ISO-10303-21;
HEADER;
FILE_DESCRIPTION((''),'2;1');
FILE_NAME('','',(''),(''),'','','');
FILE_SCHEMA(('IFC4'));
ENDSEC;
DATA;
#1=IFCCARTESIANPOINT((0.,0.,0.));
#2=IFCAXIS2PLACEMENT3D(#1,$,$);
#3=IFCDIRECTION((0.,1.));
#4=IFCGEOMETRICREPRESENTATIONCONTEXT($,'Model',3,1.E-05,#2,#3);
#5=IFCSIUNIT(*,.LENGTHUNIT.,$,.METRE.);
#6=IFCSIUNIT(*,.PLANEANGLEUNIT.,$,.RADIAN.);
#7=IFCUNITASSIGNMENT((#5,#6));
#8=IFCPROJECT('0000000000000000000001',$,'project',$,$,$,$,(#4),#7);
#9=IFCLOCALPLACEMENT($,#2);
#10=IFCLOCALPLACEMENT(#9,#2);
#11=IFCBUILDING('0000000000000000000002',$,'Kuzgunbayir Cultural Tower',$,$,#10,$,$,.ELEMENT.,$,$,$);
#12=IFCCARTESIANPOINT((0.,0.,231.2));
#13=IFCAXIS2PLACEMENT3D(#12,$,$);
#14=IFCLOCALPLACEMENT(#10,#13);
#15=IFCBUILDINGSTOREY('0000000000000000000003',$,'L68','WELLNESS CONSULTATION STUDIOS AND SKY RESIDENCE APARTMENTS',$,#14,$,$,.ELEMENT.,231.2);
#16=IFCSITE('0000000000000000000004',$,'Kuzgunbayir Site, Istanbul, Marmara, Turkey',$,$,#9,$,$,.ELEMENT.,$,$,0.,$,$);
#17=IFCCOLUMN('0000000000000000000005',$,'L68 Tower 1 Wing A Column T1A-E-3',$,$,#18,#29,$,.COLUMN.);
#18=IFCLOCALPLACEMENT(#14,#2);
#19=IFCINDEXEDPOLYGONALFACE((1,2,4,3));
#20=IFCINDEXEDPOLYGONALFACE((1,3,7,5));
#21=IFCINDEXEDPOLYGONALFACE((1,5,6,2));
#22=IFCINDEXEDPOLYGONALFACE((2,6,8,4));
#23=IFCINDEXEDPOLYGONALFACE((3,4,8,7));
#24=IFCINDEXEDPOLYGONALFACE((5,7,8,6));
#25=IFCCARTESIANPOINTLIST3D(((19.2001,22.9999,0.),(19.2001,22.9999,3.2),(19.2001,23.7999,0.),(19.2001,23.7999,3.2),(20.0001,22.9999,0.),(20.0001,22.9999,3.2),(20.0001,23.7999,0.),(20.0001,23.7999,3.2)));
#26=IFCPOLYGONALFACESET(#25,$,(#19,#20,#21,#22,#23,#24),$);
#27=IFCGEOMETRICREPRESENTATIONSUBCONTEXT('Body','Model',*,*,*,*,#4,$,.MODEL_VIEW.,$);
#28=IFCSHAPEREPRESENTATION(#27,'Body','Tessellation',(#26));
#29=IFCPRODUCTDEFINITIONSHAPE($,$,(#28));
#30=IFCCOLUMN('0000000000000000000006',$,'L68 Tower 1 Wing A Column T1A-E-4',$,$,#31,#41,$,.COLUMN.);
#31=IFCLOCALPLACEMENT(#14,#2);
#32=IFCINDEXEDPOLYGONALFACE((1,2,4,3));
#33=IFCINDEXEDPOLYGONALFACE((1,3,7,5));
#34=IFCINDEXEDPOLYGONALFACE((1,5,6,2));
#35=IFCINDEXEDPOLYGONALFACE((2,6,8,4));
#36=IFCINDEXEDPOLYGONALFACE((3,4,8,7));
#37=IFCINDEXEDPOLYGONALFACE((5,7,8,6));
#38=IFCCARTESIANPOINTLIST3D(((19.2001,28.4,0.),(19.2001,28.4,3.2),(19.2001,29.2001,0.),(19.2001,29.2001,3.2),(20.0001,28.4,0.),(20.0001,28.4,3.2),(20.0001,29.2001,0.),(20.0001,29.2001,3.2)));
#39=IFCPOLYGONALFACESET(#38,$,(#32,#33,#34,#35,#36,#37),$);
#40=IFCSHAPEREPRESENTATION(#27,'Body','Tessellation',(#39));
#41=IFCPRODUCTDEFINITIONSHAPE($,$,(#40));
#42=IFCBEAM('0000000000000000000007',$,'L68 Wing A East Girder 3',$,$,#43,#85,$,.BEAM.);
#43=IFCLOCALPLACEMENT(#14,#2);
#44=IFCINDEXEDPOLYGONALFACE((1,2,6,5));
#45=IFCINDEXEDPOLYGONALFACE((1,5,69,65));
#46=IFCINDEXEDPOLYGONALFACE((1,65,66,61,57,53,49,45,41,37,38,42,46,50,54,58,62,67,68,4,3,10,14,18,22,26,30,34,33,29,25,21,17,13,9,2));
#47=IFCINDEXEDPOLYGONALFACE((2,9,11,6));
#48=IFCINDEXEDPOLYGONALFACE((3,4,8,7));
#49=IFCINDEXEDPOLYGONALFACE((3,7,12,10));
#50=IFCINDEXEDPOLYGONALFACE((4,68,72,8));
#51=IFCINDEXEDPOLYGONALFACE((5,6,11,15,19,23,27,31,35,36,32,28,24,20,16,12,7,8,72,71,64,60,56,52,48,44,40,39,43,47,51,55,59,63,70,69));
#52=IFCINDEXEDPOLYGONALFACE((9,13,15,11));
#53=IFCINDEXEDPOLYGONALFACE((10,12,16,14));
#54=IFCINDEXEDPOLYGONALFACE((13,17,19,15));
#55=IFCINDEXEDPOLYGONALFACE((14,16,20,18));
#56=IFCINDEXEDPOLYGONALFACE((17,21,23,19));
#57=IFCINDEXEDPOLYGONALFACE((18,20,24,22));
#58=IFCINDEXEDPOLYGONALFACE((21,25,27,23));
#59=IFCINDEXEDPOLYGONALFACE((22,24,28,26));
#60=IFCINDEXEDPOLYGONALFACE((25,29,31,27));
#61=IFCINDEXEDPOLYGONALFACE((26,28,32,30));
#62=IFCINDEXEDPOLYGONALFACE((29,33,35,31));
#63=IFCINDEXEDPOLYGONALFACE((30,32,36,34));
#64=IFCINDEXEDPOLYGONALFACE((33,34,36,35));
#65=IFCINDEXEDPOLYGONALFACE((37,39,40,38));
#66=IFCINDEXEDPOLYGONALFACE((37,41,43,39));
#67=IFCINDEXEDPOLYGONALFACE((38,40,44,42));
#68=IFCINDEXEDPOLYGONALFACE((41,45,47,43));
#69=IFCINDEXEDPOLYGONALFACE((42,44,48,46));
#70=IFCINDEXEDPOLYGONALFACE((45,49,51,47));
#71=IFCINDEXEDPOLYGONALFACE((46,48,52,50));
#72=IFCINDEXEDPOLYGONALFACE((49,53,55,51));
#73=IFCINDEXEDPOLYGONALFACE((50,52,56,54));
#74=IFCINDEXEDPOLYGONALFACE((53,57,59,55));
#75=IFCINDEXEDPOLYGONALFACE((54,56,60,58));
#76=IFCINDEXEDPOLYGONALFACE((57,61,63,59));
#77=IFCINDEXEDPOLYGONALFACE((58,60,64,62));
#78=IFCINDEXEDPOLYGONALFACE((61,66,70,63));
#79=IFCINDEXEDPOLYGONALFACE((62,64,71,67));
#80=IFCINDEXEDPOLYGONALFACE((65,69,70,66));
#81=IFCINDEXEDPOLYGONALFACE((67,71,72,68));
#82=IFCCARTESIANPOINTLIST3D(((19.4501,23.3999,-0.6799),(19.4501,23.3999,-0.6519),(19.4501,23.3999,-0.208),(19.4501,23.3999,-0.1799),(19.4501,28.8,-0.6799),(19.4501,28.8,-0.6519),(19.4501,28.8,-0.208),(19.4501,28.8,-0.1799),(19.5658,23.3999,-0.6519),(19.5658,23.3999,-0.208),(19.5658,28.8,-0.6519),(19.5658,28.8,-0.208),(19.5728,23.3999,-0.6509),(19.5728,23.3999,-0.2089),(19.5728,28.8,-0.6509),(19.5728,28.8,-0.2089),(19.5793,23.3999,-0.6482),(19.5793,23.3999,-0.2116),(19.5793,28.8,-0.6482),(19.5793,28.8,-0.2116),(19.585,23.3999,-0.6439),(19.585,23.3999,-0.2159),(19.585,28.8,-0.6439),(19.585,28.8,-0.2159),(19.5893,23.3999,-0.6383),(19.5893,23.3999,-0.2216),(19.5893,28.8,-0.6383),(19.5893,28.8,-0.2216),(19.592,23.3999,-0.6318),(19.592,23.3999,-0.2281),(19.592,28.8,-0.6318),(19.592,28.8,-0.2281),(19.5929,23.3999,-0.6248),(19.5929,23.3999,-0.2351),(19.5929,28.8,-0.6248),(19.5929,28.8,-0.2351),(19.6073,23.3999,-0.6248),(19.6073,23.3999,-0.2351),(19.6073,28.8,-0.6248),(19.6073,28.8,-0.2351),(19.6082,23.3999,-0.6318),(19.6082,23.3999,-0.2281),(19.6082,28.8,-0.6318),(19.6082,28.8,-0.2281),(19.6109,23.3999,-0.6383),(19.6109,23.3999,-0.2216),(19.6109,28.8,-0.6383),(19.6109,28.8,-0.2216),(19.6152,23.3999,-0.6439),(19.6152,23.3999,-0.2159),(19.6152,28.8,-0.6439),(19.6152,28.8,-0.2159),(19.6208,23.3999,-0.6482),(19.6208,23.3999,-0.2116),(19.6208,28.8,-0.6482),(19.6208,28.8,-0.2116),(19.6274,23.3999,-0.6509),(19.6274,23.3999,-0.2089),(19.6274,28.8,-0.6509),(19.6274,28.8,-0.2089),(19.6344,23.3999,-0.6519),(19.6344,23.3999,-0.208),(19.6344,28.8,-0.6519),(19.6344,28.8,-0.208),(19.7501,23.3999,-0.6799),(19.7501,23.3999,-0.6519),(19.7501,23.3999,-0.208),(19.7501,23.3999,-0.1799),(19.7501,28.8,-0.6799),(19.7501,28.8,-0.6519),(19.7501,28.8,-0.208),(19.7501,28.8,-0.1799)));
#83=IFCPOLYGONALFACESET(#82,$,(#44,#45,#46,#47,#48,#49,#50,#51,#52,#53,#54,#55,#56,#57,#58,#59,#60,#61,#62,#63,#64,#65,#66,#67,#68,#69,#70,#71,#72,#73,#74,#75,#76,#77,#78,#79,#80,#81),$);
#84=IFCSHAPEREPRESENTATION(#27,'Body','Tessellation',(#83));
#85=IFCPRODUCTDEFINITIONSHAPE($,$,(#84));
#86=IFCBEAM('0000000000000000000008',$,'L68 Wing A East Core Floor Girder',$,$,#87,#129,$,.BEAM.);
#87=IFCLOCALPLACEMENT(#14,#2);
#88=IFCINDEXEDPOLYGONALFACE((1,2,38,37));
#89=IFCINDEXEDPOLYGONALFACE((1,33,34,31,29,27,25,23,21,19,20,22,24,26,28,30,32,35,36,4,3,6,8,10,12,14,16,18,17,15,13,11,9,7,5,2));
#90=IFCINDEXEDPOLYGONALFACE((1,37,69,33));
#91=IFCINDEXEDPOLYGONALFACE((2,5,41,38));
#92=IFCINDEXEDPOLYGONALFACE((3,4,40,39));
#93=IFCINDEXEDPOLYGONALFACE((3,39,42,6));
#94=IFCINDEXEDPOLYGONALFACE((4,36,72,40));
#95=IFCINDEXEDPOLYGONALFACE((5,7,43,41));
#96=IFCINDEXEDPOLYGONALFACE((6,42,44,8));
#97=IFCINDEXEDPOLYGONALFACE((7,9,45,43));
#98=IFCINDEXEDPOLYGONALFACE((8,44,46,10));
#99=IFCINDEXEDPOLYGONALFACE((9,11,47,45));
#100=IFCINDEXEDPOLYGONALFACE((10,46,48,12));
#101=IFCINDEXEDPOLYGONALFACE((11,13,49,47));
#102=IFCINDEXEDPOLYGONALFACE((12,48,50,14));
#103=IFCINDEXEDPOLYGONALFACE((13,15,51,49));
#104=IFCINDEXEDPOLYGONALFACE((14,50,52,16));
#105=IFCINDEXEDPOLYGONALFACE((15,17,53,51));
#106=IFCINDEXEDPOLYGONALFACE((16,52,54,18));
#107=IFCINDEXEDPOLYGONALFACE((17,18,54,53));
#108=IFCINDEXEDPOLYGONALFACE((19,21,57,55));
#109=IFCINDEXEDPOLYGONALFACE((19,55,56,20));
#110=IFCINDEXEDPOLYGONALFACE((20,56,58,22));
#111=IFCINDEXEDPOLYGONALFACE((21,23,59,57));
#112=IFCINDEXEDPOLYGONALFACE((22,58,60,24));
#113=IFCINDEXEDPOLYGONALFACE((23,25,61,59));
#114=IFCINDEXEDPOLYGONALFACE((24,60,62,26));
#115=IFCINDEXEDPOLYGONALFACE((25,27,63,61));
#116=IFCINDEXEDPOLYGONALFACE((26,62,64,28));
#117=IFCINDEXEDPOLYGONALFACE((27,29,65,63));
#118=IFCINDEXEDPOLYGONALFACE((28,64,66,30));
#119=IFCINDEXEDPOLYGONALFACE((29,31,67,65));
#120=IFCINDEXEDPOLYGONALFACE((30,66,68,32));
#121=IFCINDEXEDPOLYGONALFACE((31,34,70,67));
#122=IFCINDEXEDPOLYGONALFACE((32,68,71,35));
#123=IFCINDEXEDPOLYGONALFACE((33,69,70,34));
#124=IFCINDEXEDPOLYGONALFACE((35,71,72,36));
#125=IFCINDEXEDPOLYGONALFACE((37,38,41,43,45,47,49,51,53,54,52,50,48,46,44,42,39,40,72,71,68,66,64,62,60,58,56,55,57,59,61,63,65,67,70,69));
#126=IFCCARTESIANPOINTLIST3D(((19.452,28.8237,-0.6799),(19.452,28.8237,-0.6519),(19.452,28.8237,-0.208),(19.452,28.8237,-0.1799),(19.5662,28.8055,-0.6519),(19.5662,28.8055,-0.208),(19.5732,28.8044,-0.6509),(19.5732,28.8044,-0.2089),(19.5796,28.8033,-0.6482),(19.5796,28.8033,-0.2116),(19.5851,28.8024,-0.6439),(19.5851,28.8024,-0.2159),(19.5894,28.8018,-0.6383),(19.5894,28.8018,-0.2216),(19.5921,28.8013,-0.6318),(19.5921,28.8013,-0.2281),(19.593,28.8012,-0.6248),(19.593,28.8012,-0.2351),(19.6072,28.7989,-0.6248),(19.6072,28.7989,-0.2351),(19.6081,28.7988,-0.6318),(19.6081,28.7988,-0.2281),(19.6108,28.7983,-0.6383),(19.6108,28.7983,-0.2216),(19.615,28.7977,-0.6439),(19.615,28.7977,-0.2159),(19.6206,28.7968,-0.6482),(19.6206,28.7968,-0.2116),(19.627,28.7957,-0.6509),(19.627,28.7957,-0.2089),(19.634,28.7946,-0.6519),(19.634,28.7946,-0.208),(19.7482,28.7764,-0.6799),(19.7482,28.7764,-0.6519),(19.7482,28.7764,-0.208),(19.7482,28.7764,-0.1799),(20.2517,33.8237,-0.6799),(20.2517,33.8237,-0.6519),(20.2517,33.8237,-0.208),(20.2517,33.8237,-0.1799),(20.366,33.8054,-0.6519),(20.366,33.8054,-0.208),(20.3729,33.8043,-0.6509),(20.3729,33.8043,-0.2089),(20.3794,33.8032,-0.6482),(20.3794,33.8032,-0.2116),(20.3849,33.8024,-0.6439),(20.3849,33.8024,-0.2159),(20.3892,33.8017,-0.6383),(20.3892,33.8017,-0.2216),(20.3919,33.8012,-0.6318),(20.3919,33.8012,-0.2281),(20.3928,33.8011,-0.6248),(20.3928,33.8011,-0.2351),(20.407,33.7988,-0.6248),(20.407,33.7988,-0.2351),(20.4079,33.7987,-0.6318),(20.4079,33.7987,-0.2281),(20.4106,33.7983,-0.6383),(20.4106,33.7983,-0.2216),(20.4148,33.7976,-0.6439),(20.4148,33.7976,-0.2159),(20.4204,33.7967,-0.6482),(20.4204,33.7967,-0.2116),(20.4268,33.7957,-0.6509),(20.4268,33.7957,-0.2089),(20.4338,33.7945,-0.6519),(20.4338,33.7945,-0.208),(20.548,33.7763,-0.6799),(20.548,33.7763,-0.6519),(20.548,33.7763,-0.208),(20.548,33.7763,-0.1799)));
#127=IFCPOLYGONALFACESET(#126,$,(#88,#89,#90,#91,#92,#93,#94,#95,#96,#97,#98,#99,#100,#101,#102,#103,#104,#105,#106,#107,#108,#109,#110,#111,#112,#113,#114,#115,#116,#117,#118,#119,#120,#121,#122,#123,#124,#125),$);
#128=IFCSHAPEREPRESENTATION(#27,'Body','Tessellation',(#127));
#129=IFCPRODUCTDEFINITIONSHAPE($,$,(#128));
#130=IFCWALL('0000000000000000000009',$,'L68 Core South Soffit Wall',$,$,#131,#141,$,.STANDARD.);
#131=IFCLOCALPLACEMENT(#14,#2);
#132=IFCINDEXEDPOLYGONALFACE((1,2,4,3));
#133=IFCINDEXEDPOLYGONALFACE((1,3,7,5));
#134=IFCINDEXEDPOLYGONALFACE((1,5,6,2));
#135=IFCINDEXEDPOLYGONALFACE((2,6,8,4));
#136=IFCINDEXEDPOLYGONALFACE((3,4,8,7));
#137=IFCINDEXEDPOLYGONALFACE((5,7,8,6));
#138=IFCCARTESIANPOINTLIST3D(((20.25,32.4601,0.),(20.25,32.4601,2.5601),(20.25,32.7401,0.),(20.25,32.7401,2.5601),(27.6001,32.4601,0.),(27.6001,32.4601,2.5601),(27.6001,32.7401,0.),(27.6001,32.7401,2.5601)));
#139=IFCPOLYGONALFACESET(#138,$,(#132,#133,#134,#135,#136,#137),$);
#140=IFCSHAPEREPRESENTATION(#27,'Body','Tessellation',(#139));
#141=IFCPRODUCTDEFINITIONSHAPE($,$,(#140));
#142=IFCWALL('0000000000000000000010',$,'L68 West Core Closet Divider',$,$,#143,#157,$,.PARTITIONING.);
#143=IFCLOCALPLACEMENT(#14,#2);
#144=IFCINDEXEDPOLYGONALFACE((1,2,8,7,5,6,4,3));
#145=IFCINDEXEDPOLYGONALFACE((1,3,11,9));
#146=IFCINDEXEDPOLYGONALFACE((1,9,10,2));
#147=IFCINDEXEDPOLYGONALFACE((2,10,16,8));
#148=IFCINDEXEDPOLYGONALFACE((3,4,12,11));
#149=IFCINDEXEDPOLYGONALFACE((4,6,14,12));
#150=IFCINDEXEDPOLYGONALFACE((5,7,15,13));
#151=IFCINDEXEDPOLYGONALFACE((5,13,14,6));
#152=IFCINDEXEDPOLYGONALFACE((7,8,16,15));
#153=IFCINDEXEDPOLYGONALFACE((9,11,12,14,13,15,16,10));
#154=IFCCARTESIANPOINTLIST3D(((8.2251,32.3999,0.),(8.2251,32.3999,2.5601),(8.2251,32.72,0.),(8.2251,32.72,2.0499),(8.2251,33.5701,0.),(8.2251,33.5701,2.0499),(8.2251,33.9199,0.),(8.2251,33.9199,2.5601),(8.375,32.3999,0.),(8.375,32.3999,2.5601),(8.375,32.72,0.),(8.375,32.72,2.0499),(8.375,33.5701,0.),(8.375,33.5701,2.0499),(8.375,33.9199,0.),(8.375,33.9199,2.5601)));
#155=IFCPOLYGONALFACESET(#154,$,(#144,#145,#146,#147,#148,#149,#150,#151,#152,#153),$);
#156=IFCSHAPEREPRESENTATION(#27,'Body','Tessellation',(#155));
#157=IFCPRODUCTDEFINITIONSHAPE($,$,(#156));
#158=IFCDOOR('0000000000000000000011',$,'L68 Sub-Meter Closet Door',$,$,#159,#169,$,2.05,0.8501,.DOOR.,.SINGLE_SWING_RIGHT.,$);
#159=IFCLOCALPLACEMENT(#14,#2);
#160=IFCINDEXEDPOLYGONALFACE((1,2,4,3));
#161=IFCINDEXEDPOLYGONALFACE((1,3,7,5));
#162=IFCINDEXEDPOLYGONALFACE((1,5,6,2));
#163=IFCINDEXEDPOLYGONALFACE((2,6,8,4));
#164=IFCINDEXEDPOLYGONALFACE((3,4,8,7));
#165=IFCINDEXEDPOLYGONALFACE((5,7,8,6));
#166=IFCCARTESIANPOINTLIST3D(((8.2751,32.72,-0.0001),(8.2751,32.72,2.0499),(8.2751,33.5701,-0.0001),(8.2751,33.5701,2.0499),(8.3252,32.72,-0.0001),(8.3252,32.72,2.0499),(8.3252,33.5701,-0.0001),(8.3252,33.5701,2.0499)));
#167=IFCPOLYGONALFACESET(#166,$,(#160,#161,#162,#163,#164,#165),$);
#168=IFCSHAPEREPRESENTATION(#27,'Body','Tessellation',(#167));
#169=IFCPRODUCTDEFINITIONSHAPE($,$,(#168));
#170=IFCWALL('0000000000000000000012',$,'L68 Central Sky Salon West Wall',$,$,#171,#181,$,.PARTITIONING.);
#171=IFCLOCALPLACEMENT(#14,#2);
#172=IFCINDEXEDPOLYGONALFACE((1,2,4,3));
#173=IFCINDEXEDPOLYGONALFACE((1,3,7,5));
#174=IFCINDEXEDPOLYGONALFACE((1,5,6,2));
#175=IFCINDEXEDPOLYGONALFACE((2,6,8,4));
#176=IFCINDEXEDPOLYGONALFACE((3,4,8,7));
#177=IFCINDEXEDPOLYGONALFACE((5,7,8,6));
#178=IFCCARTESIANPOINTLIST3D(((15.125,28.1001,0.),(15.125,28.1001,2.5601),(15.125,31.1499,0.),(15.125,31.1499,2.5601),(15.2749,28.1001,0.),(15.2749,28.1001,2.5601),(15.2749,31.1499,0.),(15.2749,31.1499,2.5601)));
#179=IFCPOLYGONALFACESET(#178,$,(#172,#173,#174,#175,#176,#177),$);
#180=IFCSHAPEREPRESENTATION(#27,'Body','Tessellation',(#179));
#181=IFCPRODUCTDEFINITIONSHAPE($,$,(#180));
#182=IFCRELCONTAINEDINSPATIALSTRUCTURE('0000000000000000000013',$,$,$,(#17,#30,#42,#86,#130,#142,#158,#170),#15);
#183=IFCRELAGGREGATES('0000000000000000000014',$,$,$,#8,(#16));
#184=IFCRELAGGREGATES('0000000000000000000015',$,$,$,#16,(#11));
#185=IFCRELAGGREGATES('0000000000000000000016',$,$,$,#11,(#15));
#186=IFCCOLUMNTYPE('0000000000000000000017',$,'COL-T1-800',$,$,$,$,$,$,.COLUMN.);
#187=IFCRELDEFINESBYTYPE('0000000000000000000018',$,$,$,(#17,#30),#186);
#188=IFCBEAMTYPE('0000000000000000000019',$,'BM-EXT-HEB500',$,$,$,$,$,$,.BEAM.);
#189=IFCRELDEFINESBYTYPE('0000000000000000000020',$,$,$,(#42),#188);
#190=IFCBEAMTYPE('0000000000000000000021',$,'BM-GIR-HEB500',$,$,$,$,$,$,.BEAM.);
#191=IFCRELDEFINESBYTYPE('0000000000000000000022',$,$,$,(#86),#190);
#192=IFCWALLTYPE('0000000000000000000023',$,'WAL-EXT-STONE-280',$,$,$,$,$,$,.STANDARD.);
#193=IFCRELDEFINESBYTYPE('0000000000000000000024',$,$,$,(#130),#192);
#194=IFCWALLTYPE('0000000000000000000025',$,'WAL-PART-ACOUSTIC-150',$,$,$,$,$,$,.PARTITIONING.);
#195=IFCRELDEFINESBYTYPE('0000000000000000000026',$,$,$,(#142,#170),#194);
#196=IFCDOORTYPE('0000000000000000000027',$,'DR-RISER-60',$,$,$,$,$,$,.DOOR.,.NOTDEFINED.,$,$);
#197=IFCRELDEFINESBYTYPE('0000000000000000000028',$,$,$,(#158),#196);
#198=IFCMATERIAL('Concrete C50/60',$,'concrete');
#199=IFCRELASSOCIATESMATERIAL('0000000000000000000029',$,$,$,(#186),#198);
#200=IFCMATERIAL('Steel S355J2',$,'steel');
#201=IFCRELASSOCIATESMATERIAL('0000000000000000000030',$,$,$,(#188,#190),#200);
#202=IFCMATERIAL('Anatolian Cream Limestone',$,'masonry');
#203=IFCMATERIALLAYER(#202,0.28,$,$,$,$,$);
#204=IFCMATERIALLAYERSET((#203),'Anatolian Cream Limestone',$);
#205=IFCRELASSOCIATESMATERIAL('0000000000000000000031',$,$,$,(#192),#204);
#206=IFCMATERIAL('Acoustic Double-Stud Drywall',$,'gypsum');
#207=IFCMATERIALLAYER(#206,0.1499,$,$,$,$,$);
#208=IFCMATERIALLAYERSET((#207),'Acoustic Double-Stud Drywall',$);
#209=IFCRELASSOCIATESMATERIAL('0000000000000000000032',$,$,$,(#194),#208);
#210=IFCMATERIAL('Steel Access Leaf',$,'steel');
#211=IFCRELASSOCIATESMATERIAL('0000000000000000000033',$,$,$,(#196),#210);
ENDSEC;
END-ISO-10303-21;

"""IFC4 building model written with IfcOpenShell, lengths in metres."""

from ifc_helpers import new_model, si_unit, direction, frame, frame_2d, origin, origin_2d, place, context, subcontext, project, spatial, rectangle, i_section, extrude, material, layer, layer_set, material_profile, profile_set, type_object, element, fill, save


model = new_model("IFC4")

# Units and contexts
model_context = context("Model", 3, precision=1e-05, world=origin(), true_north=direction((0.0, 1.0)))
body_context = subcontext(model_context, "Body", "Model", "MODEL_VIEW")
ifc_project = project(units=[si_unit("LENGTHUNIT", "METRE"), si_unit("PLANEANGLEUNIT", "RADIAN")], contexts=[model_context])

# Site, building, storey
site_placement = place(None, origin())
site = spatial("IfcSite", under=ifc_project, at=site_placement, Name="Kuzgunbayir Site, Istanbul, Marmara, Turkey", CompositionType="ELEMENT", RefElevation=0.0)
building_placement = place(site_placement, origin())
building = spatial("IfcBuilding", under=site, at=building_placement, Name="Kuzgunbayir Cultural Tower", CompositionType="ELEMENT")
storey_placement = place(building_placement, frame((0.0, 0.0, 231.2)))
storey = spatial("IfcBuildingStorey", under=building, at=storey_placement, Name="L68", Description="WELLNESS CONSULTATION STUDIOS AND SKY RESIDENCE APARTMENTS", CompositionType="ELEMENT", Elevation=231.2)

# Columns
ifc_material_1 = material(Name="Concrete C50/60", Category="concrete")
ifc_material_profile_1 = material_profile(ifc_material_1, rectangle(XDim=0.8, YDim=0.8, at=origin_2d()), Name="RC 800x800")
ifc_profile_set_1 = profile_set([ifc_material_profile_1], Name="Concrete C50/60")
column_type = type_object("IfcColumnType", Name="COL-T1-800", PredefinedType="COLUMN", material=ifc_profile_set_1)
for number, where, z_axis, x_axis, name in (
    (1, (19.6001, 23.3999, 0.0), (0.0, 0.0, 1.0), (1.0, 0.0, 0.0), "L68 Tower 1 Wing A Column T1A-E-3"),
    (2, (19.6001, 28.8, 0.0), (0.0, 0.0, 1.0), (1.0, 0.0, 0.0), "L68 Tower 1 Wing A Column T1A-E-4"),
):
    element("IfcColumn", number, at=place(storey_placement, frame(where, z_axis=z_axis, x_axis=x_axis)), inside=storey, type_object=column_type, Name=name, PredefinedType="COLUMN", context=body_context, shape_type="SweptSolid", body=[
        extrude(rectangle(XDim=0.8, YDim=0.8, at=origin_2d()), origin(), (0.0, 0.0, 1.0), 3.2),
    ])

# Beams
ifc_material_2 = material(Name="Steel S355J2", Category="steel")
ifc_material_profile_2 = material_profile(ifc_material_2, i_section(OverallWidth=0.3, OverallDepth=0.5, WebThickness=0.0144, FlangeThickness=0.0281, FilletRadius=0.0271, at=origin_2d()), Name="HEB 500")
ifc_profile_set_2 = profile_set([ifc_material_profile_2], Name="Steel S355J2")
beam_type_1 = type_object("IfcBeamType", Name="BM-EXT-HEB500", PredefinedType="BEAM", material=ifc_profile_set_2)
beam_1_placement = place(storey_placement, frame((19.6001, 23.3999, -0.4299), z_axis=(0.0, 1.0, 0.0), x_axis=(-1.0, 0.0, 0.0)))
element("IfcBeam", 3, at=beam_1_placement, inside=storey, type_object=beam_type_1, Name="L68 Wing A East Girder 3", PredefinedType="BEAM", context=body_context, shape_type="SweptSolid", body=[
    extrude(i_section(OverallWidth=0.3, OverallDepth=0.5, WebThickness=0.0144, FlangeThickness=0.0281, FilletRadius=0.0271, at=origin_2d()), origin(), (0.0, 0.0, 1.0), 5.4001),
])
ifc_material_profile_3 = material_profile(ifc_material_2, i_section(OverallWidth=0.3, OverallDepth=0.5, WebThickness=0.0144, FlangeThickness=0.0281, FilletRadius=0.0271, at=origin_2d()), Name="HEB 500")
ifc_profile_set_3 = profile_set([ifc_material_profile_3], Name="Steel S355J2")
beam_type_2 = type_object("IfcBeamType", Name="BM-GIR-HEB500", PredefinedType="BEAM", material=ifc_profile_set_3)
beam_2_placement = place(storey_placement, frame((19.6001, 28.8, -0.4299), z_axis=(0.157953, 0.987447, 0.0), x_axis=(-0.987447, 0.157953, 0.0)))
element("IfcBeam", 4, at=beam_2_placement, inside=storey, type_object=beam_type_2, Name="L68 Wing A East Core Floor Girder", PredefinedType="BEAM", context=body_context, shape_type="SweptSolid", body=[
    extrude(i_section(OverallWidth=0.3, OverallDepth=0.5, WebThickness=0.0144, FlangeThickness=0.0281, FilletRadius=0.0271, at=origin_2d()), origin(), (0.0, 0.0, 1.0), 5.0635),
])

# Wall
ifc_material_3 = material(Name="Anatolian Cream Limestone", Category="masonry")
ifc_layer_1 = layer(ifc_material_3, 0.28)
ifc_layer_set_1 = layer_set([ifc_layer_1], Name="Anatolian Cream Limestone")
wall_type_1 = type_object("IfcWallType", Name="WAL-EXT-STONE-280", PredefinedType="STANDARD", material=ifc_layer_set_1)
wall_1_placement = place(storey_placement, frame((20.25, 32.6001, 0.0), z_axis=(0.0, 0.0, 1.0), x_axis=(1.0, 0.0, 0.0)))
element("IfcWall", 5, at=wall_1_placement, inside=storey, type_object=wall_type_1, Name="L68 Core South Soffit Wall", PredefinedType="STANDARD", context=body_context, shape_type="SweptSolid", body=[
    extrude(rectangle(XDim=7.3501, YDim=0.28, at=frame_2d((3.675, 0.0))), origin(), (0.0, 0.0, 1.0), 2.5601),
])

# Wall, opening, door
ifc_material_4 = material(Name="Acoustic Double-Stud Drywall", Category="gypsum")
ifc_layer_2 = layer(ifc_material_4, 0.1499)
ifc_layer_set_2 = layer_set([ifc_layer_2], Name="Acoustic Double-Stud Drywall")
wall_type_2 = type_object("IfcWallType", Name="WAL-PART-ACOUSTIC-150", PredefinedType="PARTITIONING", material=ifc_layer_set_2)
wall_2_placement = place(storey_placement, frame((8.3, 32.3999, 0.0), z_axis=(0.0, 0.0, 1.0), x_axis=(0.0, 1.0, 0.0)))
wall_2 = element("IfcWall", 6, at=wall_2_placement, inside=storey, type_object=wall_type_2, Name="L68 West Core Closet Divider", PredefinedType="PARTITIONING", context=body_context, shape_type="SweptSolid", body=[
    extrude(rectangle(XDim=1.52, YDim=0.1499, at=frame_2d((0.76, 0.0))), origin(), (0.0, 0.0, 1.0), 2.5601),
])
opening_1_placement = place(wall_2_placement, frame((0.3201, 0.0, 0.0)))
opening_1 = element("IfcOpeningElement", 7, at=opening_1_placement, cuts=wall_2, PredefinedType="OPENING", context=body_context, shape_type="SweptSolid", body=[
    extrude(rectangle(XDim=0.8501, YDim=2.05, at=frame_2d((0.425, 1.0249))), frame((0.0, 0.085, 0.0), z_axis=(0.0, -1.0, 0.0), x_axis=(1.0, 0.0, 0.0)), (0.0, 0.0, 1.0), 0.1699),
])
ifc_material_5 = material(Name="Steel Access Leaf", Category="steel")
door_type_1 = type_object("IfcDoorType", Name="DR-RISER-60", OperationType="NOTDEFINED", PredefinedType="DOOR", material=ifc_material_5)
door_1_placement = place(opening_1_placement, origin())
door_1 = element("IfcDoor", 8, at=door_1_placement, inside=storey, type_object=door_type_1, Name="L68 Sub-Meter Closet Door", OperationType="SINGLE_SWING_RIGHT", OverallHeight=2.05, OverallWidth=0.8501, PredefinedType="DOOR", context=body_context, shape_type="SweptSolid", body=[
    extrude(rectangle(XDim=0.8501, YDim=2.05, at=frame_2d((0.425, 1.0249))), frame((0.0, 0.0249, 0.0), z_axis=(0.0, -1.0, 0.0), x_axis=(1.0, 0.0, 0.0)), (0.0, 0.0, 1.0), 0.05),
])
fill(opening_1, door_1)

# Wall
wall_3_placement = place(storey_placement, frame((15.2, 28.1001, 0.0), z_axis=(0.0, 0.0, 1.0), x_axis=(0.0, 1.0, 0.0)))
element("IfcWall", 9, at=wall_3_placement, inside=storey, type_object=wall_type_2, Name="L68 Central Sky Salon West Wall", PredefinedType="PARTITIONING", context=body_context, shape_type="SweptSolid", body=[
    extrude(rectangle(XDim=3.0498, YDim=0.1499, at=frame_2d((1.5249, 0.0))), origin(), (0.0, 0.0, 1.0), 2.5601),
])

save(model, "model.ifc")
